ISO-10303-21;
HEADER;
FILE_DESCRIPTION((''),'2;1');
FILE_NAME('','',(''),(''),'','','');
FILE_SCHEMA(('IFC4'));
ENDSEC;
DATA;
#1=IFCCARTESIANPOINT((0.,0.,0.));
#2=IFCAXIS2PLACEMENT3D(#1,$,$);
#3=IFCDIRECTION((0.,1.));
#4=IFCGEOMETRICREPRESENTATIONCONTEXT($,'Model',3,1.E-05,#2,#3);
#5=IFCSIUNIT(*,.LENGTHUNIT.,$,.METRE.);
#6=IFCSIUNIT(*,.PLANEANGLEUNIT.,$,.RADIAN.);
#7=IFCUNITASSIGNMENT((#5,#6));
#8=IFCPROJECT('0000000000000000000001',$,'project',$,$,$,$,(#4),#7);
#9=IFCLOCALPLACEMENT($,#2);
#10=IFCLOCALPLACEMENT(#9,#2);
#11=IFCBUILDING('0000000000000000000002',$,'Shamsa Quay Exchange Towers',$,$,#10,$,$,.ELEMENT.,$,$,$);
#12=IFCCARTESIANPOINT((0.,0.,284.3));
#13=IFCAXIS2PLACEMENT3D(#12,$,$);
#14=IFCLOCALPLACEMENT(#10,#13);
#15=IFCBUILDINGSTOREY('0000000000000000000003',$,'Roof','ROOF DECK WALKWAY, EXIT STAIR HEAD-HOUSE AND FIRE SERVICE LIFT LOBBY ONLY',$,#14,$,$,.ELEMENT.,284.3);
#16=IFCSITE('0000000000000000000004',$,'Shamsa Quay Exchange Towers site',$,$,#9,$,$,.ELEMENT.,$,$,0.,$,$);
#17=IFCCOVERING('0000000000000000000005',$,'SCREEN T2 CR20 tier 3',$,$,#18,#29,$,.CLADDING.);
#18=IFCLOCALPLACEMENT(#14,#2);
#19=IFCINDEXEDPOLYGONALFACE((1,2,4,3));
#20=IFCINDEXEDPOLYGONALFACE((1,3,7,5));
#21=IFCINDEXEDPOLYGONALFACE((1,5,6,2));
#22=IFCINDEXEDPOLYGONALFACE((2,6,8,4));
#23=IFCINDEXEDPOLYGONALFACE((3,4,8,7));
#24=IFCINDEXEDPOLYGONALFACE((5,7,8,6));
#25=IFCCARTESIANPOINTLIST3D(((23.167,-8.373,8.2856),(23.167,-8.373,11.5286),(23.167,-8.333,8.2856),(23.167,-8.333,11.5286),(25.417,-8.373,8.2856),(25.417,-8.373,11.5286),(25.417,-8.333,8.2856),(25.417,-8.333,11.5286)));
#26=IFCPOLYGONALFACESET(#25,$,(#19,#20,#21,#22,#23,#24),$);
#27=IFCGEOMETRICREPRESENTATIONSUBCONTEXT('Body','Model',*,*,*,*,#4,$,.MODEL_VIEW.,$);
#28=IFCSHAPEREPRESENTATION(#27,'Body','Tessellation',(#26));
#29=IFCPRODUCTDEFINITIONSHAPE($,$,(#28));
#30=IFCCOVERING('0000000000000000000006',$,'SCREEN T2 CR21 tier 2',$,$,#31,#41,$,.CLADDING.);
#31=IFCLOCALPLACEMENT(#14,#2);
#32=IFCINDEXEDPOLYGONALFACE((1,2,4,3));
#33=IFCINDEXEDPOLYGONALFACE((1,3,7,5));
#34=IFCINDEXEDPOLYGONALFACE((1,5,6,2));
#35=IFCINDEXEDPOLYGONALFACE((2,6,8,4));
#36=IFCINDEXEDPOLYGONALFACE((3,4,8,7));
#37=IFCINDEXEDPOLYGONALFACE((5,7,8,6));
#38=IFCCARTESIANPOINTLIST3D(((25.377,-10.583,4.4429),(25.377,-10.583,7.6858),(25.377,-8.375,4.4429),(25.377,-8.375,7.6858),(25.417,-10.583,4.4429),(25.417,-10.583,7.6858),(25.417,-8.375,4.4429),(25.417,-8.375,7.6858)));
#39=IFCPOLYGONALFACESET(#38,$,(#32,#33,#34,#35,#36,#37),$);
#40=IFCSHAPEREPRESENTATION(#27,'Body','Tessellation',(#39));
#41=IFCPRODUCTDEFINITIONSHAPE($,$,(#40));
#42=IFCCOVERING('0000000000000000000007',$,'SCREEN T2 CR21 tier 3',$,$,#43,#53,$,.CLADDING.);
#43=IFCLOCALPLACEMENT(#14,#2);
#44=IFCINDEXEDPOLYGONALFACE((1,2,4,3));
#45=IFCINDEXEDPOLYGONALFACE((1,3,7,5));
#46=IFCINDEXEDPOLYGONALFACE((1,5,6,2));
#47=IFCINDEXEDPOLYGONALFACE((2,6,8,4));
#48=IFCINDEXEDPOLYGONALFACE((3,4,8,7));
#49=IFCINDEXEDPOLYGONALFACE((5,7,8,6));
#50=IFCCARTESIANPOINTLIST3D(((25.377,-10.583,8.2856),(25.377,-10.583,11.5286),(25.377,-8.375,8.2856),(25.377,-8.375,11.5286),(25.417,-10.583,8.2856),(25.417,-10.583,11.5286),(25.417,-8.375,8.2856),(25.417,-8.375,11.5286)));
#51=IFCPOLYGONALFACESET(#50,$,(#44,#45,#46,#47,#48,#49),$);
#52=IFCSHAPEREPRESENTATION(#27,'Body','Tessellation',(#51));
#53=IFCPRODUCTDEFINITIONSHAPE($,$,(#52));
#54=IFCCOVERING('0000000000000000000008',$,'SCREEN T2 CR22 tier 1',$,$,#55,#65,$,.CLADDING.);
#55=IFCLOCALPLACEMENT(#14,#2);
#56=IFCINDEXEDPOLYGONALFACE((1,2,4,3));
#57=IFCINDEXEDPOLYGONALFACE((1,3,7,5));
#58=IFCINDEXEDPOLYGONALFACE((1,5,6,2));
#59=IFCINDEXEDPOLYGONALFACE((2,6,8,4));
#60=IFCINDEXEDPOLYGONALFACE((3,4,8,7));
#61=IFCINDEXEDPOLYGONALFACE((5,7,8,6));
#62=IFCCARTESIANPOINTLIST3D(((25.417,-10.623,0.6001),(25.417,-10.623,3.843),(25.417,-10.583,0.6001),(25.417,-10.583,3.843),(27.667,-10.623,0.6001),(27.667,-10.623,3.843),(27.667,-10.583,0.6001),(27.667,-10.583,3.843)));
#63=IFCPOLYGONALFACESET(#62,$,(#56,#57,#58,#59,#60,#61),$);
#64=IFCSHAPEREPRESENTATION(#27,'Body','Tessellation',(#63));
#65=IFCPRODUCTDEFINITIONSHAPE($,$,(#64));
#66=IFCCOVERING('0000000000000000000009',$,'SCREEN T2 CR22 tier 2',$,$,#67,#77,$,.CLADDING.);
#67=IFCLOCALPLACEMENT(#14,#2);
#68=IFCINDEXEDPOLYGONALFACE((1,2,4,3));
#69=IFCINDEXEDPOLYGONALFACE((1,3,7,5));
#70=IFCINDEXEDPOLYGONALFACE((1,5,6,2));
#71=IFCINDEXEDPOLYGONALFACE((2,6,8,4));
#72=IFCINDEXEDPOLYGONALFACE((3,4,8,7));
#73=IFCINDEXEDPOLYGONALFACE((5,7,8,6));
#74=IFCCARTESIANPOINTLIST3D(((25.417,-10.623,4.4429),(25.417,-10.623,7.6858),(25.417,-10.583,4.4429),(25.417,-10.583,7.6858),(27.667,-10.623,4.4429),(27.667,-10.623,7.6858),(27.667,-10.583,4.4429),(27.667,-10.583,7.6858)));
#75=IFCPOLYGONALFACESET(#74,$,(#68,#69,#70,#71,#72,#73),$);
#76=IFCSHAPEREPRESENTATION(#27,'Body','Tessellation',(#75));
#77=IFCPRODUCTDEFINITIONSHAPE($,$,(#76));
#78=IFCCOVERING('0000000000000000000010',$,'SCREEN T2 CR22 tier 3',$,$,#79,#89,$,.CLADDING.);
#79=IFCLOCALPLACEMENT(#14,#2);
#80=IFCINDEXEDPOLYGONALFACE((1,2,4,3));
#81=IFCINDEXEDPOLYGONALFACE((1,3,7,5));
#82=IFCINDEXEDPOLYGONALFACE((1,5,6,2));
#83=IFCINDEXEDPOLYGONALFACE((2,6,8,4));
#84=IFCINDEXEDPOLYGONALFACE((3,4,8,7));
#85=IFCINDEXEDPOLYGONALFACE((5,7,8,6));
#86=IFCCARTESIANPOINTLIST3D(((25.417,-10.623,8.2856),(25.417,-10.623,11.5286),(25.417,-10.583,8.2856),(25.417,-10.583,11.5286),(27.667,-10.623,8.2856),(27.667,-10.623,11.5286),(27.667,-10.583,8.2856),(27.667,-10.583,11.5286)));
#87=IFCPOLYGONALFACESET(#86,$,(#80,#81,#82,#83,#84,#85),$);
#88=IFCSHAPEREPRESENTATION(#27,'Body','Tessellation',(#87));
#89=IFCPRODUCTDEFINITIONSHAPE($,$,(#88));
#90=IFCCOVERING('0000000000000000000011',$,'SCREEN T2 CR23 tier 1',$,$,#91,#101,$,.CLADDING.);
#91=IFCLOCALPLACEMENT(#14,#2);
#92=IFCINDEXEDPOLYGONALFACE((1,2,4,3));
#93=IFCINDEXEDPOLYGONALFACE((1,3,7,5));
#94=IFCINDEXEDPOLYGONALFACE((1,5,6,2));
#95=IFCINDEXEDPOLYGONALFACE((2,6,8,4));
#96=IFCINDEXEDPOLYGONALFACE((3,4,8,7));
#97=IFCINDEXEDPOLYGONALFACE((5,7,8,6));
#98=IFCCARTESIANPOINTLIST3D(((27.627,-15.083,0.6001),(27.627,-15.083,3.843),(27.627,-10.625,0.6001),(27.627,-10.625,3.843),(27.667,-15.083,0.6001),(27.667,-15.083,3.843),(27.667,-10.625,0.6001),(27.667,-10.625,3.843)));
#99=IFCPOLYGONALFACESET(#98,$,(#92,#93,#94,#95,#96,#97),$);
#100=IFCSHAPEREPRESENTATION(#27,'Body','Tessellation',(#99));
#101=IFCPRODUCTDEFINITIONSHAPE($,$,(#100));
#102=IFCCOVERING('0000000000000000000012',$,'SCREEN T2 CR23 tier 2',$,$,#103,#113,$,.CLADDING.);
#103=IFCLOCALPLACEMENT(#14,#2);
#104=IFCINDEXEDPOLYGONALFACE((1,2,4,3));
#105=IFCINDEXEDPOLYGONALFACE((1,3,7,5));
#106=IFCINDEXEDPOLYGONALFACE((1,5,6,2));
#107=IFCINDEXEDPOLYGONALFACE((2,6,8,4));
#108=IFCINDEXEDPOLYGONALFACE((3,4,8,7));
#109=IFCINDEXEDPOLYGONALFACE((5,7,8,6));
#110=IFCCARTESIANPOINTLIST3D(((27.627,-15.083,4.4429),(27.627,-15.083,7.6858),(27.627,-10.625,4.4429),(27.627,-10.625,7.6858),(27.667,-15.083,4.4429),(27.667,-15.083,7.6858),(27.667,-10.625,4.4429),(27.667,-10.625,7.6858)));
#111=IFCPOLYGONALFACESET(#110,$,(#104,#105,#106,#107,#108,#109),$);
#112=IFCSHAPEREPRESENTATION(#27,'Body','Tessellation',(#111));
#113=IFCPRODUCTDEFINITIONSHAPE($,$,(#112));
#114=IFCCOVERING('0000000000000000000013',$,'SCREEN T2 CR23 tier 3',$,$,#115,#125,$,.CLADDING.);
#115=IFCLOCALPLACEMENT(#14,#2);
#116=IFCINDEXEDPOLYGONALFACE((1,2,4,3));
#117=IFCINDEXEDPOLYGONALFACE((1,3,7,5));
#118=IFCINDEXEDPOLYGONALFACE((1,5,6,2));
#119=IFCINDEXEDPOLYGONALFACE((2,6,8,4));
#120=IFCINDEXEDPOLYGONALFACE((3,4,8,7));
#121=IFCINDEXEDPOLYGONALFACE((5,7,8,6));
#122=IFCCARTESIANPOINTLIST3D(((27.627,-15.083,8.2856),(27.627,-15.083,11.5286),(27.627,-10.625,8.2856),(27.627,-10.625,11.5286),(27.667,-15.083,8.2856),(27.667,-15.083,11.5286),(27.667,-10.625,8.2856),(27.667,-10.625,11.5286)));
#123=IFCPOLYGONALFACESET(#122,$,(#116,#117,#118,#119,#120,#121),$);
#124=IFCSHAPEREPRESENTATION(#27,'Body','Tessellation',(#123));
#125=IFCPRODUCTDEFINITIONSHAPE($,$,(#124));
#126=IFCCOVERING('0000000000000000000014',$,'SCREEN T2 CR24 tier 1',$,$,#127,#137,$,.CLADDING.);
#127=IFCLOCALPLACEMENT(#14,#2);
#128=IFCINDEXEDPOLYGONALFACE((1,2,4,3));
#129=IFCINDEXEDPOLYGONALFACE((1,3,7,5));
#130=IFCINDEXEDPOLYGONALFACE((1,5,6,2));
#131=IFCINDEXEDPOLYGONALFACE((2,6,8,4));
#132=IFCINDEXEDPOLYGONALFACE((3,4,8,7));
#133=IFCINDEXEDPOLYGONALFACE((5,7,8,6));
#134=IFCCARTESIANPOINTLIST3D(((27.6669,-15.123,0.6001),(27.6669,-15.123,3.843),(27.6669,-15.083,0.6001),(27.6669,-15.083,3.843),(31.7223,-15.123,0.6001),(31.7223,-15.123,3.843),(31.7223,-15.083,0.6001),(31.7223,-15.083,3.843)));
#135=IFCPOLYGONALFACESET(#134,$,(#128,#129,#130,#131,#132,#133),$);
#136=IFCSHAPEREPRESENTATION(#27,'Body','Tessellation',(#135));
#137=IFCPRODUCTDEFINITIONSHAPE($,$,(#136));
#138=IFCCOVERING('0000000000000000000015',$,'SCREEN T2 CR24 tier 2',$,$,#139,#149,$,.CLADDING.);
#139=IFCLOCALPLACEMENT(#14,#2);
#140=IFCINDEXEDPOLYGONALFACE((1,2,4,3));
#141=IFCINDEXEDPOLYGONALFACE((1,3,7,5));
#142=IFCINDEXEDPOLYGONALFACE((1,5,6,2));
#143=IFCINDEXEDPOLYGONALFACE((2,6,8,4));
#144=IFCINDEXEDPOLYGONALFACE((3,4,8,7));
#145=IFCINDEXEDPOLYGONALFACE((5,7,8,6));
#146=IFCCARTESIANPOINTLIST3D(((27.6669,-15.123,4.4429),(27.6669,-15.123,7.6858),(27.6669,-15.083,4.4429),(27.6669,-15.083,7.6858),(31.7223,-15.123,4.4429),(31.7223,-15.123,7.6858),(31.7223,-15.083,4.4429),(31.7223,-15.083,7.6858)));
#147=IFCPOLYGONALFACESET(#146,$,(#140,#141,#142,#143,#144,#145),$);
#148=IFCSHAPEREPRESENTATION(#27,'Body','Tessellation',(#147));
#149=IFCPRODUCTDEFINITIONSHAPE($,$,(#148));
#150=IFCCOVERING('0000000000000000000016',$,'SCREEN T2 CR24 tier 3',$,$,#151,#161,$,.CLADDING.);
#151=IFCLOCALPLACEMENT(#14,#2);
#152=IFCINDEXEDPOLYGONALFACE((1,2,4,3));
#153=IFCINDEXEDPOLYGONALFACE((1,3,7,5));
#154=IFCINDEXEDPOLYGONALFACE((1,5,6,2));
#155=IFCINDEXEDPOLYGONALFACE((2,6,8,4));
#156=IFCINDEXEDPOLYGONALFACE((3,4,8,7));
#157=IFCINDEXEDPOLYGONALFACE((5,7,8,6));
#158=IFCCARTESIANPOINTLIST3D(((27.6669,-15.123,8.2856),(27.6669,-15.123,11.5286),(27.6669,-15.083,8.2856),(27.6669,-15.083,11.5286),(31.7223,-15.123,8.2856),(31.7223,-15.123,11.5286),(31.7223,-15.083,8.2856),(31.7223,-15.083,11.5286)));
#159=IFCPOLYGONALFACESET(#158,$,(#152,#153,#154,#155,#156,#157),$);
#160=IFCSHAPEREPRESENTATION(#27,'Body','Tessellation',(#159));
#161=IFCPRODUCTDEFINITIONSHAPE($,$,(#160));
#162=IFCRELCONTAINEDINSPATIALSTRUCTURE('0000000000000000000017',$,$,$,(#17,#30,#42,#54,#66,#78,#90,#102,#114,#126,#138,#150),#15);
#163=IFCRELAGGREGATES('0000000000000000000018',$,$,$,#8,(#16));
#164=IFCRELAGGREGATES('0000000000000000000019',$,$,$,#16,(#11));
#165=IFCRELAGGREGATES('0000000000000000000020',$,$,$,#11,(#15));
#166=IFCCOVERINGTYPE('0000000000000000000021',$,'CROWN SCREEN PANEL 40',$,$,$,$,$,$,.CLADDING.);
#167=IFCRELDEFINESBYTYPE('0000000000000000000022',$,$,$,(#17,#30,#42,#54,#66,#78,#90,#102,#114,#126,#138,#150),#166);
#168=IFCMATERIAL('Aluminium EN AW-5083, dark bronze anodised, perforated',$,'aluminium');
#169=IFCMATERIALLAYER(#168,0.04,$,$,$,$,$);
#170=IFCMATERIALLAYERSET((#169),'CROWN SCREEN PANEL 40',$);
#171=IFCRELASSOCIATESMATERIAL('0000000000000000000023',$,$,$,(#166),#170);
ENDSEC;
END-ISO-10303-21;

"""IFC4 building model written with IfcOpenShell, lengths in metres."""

from ifc_helpers import new_model, si_unit, direction, frame, origin, origin_2d, place, context, subcontext, project, spatial, rectangle, extrude, material, layer, layer_set, type_object, element, save


model = new_model("IFC4")

# Units and contexts
model_context = context("Model", 3, precision=1e-05, world=origin(), true_north=direction((0.0, 1.0)))
body_context = subcontext(model_context, "Body", "Model", "MODEL_VIEW")
ifc_project = project(units=[si_unit("LENGTHUNIT", "METRE"), si_unit("PLANEANGLEUNIT", "RADIAN")], contexts=[model_context])

# Site, building, storey
site_placement = place(None, origin())
site = spatial("IfcSite", under=ifc_project, at=site_placement, Name="Shamsa Quay Exchange Towers site", CompositionType="ELEMENT", RefElevation=0.0)
building_placement = place(site_placement, origin())
building = spatial("IfcBuilding", under=site, at=building_placement, Name="Shamsa Quay Exchange Towers", CompositionType="ELEMENT")
storey_placement = place(building_placement, frame((0.0, 0.0, 284.3)))
storey = spatial("IfcBuildingStorey", under=building, at=storey_placement, Name="Roof", Description="ROOF DECK WALKWAY, EXIT STAIR HEAD-HOUSE AND FIRE SERVICE LIFT LOBBY ONLY", CompositionType="ELEMENT", Elevation=284.3)

# Coverings
ifc_material_1 = material(Name="Aluminium EN AW-5083, dark bronze anodised, perforated", Category="aluminium")
ifc_layer = layer(ifc_material_1, 0.04)
ifc_layer_set = layer_set([ifc_layer], Name="CROWN SCREEN PANEL 40")
covering_type = type_object("IfcCoveringType", Name="CROWN SCREEN PANEL 40", PredefinedType="CLADDING", material=ifc_layer_set)
for number, where, name in (
    (1, (24.292, -8.353, 8.2856), "SCREEN T2 CR20 tier 3"),
):
    element("IfcCovering", number, at=place(storey_placement, frame(where)), inside=storey, type_object=covering_type, Name=name, PredefinedType="CLADDING", context=body_context, shape_type="SweptSolid", body=[
        extrude(rectangle(XDim=2.25, YDim=0.04, at=origin_2d()), origin(), (0.0, 0.0, 1.0), 3.2429),
    ])
for number, where, z_axis, x_axis, name in (
    (2, (25.397, -9.479, 4.4429), (0.0, 0.0, 1.0), (0.0, -1.0, 0.0), "SCREEN T2 CR21 tier 2"),
    (3, (25.397, -9.479, 8.2856), (0.0, 0.0, 1.0), (0.0, -1.0, 0.0), "SCREEN T2 CR21 tier 3"),
):
    element("IfcCovering", number, at=place(storey_placement, frame(where, z_axis=z_axis, x_axis=x_axis)), inside=storey, type_object=covering_type, Name=name, PredefinedType="CLADDING", context=body_context, shape_type="SweptSolid", body=[
        extrude(rectangle(XDim=2.208, YDim=0.04, at=origin_2d()), origin(), (0.0, 0.0, 1.0), 3.2429),
    ])
for number, where, name in (
    (4, (26.542, -10.603, 0.6001), "SCREEN T2 CR22 tier 1"),
    (5, (26.542, -10.603, 4.4429), "SCREEN T2 CR22 tier 2"),
    (6, (26.542, -10.603, 8.2856), "SCREEN T2 CR22 tier 3"),
):
    element("IfcCovering", number, at=place(storey_placement, frame(where)), inside=storey, type_object=covering_type, Name=name, PredefinedType="CLADDING", context=body_context, shape_type="SweptSolid", body=[
        extrude(rectangle(XDim=2.25, YDim=0.04, at=origin_2d()), origin(), (0.0, 0.0, 1.0), 3.2429),
    ])
for number, where, z_axis, x_axis, name in (
    (7, (27.647, -12.854, 0.6001), (0.0, 0.0, 1.0), (0.0, -1.0, 0.0), "SCREEN T2 CR23 tier 1"),
    (8, (27.647, -12.854, 4.4429), (0.0, 0.0, 1.0), (0.0, -1.0, 0.0), "SCREEN T2 CR23 tier 2"),
    (9, (27.647, -12.854, 8.2856), (0.0, 0.0, 1.0), (0.0, -1.0, 0.0), "SCREEN T2 CR23 tier 3"),
):
    element("IfcCovering", number, at=place(storey_placement, frame(where, z_axis=z_axis, x_axis=x_axis)), inside=storey, type_object=covering_type, Name=name, PredefinedType="CLADDING", context=body_context, shape_type="SweptSolid", body=[
        extrude(rectangle(XDim=4.458, YDim=0.04, at=origin_2d()), origin(), (0.0, 0.0, 1.0), 3.2429),
    ])
for number, where, name in (
    (10, (29.6946, -15.103, 0.6001), "SCREEN T2 CR24 tier 1"),
    (11, (29.6946, -15.103, 4.4429), "SCREEN T2 CR24 tier 2"),
    (12, (29.6946, -15.103, 8.2856), "SCREEN T2 CR24 tier 3"),
):
    element("IfcCovering", number, at=place(storey_placement, frame(where)), inside=storey, type_object=covering_type, Name=name, PredefinedType="CLADDING", context=body_context, shape_type="SweptSolid", body=[
        extrude(rectangle(XDim=4.0554, YDim=0.04, at=origin_2d()), origin(), (0.0, 0.0, 1.0), 3.2429),
    ])

save(model, "model.ifc")
